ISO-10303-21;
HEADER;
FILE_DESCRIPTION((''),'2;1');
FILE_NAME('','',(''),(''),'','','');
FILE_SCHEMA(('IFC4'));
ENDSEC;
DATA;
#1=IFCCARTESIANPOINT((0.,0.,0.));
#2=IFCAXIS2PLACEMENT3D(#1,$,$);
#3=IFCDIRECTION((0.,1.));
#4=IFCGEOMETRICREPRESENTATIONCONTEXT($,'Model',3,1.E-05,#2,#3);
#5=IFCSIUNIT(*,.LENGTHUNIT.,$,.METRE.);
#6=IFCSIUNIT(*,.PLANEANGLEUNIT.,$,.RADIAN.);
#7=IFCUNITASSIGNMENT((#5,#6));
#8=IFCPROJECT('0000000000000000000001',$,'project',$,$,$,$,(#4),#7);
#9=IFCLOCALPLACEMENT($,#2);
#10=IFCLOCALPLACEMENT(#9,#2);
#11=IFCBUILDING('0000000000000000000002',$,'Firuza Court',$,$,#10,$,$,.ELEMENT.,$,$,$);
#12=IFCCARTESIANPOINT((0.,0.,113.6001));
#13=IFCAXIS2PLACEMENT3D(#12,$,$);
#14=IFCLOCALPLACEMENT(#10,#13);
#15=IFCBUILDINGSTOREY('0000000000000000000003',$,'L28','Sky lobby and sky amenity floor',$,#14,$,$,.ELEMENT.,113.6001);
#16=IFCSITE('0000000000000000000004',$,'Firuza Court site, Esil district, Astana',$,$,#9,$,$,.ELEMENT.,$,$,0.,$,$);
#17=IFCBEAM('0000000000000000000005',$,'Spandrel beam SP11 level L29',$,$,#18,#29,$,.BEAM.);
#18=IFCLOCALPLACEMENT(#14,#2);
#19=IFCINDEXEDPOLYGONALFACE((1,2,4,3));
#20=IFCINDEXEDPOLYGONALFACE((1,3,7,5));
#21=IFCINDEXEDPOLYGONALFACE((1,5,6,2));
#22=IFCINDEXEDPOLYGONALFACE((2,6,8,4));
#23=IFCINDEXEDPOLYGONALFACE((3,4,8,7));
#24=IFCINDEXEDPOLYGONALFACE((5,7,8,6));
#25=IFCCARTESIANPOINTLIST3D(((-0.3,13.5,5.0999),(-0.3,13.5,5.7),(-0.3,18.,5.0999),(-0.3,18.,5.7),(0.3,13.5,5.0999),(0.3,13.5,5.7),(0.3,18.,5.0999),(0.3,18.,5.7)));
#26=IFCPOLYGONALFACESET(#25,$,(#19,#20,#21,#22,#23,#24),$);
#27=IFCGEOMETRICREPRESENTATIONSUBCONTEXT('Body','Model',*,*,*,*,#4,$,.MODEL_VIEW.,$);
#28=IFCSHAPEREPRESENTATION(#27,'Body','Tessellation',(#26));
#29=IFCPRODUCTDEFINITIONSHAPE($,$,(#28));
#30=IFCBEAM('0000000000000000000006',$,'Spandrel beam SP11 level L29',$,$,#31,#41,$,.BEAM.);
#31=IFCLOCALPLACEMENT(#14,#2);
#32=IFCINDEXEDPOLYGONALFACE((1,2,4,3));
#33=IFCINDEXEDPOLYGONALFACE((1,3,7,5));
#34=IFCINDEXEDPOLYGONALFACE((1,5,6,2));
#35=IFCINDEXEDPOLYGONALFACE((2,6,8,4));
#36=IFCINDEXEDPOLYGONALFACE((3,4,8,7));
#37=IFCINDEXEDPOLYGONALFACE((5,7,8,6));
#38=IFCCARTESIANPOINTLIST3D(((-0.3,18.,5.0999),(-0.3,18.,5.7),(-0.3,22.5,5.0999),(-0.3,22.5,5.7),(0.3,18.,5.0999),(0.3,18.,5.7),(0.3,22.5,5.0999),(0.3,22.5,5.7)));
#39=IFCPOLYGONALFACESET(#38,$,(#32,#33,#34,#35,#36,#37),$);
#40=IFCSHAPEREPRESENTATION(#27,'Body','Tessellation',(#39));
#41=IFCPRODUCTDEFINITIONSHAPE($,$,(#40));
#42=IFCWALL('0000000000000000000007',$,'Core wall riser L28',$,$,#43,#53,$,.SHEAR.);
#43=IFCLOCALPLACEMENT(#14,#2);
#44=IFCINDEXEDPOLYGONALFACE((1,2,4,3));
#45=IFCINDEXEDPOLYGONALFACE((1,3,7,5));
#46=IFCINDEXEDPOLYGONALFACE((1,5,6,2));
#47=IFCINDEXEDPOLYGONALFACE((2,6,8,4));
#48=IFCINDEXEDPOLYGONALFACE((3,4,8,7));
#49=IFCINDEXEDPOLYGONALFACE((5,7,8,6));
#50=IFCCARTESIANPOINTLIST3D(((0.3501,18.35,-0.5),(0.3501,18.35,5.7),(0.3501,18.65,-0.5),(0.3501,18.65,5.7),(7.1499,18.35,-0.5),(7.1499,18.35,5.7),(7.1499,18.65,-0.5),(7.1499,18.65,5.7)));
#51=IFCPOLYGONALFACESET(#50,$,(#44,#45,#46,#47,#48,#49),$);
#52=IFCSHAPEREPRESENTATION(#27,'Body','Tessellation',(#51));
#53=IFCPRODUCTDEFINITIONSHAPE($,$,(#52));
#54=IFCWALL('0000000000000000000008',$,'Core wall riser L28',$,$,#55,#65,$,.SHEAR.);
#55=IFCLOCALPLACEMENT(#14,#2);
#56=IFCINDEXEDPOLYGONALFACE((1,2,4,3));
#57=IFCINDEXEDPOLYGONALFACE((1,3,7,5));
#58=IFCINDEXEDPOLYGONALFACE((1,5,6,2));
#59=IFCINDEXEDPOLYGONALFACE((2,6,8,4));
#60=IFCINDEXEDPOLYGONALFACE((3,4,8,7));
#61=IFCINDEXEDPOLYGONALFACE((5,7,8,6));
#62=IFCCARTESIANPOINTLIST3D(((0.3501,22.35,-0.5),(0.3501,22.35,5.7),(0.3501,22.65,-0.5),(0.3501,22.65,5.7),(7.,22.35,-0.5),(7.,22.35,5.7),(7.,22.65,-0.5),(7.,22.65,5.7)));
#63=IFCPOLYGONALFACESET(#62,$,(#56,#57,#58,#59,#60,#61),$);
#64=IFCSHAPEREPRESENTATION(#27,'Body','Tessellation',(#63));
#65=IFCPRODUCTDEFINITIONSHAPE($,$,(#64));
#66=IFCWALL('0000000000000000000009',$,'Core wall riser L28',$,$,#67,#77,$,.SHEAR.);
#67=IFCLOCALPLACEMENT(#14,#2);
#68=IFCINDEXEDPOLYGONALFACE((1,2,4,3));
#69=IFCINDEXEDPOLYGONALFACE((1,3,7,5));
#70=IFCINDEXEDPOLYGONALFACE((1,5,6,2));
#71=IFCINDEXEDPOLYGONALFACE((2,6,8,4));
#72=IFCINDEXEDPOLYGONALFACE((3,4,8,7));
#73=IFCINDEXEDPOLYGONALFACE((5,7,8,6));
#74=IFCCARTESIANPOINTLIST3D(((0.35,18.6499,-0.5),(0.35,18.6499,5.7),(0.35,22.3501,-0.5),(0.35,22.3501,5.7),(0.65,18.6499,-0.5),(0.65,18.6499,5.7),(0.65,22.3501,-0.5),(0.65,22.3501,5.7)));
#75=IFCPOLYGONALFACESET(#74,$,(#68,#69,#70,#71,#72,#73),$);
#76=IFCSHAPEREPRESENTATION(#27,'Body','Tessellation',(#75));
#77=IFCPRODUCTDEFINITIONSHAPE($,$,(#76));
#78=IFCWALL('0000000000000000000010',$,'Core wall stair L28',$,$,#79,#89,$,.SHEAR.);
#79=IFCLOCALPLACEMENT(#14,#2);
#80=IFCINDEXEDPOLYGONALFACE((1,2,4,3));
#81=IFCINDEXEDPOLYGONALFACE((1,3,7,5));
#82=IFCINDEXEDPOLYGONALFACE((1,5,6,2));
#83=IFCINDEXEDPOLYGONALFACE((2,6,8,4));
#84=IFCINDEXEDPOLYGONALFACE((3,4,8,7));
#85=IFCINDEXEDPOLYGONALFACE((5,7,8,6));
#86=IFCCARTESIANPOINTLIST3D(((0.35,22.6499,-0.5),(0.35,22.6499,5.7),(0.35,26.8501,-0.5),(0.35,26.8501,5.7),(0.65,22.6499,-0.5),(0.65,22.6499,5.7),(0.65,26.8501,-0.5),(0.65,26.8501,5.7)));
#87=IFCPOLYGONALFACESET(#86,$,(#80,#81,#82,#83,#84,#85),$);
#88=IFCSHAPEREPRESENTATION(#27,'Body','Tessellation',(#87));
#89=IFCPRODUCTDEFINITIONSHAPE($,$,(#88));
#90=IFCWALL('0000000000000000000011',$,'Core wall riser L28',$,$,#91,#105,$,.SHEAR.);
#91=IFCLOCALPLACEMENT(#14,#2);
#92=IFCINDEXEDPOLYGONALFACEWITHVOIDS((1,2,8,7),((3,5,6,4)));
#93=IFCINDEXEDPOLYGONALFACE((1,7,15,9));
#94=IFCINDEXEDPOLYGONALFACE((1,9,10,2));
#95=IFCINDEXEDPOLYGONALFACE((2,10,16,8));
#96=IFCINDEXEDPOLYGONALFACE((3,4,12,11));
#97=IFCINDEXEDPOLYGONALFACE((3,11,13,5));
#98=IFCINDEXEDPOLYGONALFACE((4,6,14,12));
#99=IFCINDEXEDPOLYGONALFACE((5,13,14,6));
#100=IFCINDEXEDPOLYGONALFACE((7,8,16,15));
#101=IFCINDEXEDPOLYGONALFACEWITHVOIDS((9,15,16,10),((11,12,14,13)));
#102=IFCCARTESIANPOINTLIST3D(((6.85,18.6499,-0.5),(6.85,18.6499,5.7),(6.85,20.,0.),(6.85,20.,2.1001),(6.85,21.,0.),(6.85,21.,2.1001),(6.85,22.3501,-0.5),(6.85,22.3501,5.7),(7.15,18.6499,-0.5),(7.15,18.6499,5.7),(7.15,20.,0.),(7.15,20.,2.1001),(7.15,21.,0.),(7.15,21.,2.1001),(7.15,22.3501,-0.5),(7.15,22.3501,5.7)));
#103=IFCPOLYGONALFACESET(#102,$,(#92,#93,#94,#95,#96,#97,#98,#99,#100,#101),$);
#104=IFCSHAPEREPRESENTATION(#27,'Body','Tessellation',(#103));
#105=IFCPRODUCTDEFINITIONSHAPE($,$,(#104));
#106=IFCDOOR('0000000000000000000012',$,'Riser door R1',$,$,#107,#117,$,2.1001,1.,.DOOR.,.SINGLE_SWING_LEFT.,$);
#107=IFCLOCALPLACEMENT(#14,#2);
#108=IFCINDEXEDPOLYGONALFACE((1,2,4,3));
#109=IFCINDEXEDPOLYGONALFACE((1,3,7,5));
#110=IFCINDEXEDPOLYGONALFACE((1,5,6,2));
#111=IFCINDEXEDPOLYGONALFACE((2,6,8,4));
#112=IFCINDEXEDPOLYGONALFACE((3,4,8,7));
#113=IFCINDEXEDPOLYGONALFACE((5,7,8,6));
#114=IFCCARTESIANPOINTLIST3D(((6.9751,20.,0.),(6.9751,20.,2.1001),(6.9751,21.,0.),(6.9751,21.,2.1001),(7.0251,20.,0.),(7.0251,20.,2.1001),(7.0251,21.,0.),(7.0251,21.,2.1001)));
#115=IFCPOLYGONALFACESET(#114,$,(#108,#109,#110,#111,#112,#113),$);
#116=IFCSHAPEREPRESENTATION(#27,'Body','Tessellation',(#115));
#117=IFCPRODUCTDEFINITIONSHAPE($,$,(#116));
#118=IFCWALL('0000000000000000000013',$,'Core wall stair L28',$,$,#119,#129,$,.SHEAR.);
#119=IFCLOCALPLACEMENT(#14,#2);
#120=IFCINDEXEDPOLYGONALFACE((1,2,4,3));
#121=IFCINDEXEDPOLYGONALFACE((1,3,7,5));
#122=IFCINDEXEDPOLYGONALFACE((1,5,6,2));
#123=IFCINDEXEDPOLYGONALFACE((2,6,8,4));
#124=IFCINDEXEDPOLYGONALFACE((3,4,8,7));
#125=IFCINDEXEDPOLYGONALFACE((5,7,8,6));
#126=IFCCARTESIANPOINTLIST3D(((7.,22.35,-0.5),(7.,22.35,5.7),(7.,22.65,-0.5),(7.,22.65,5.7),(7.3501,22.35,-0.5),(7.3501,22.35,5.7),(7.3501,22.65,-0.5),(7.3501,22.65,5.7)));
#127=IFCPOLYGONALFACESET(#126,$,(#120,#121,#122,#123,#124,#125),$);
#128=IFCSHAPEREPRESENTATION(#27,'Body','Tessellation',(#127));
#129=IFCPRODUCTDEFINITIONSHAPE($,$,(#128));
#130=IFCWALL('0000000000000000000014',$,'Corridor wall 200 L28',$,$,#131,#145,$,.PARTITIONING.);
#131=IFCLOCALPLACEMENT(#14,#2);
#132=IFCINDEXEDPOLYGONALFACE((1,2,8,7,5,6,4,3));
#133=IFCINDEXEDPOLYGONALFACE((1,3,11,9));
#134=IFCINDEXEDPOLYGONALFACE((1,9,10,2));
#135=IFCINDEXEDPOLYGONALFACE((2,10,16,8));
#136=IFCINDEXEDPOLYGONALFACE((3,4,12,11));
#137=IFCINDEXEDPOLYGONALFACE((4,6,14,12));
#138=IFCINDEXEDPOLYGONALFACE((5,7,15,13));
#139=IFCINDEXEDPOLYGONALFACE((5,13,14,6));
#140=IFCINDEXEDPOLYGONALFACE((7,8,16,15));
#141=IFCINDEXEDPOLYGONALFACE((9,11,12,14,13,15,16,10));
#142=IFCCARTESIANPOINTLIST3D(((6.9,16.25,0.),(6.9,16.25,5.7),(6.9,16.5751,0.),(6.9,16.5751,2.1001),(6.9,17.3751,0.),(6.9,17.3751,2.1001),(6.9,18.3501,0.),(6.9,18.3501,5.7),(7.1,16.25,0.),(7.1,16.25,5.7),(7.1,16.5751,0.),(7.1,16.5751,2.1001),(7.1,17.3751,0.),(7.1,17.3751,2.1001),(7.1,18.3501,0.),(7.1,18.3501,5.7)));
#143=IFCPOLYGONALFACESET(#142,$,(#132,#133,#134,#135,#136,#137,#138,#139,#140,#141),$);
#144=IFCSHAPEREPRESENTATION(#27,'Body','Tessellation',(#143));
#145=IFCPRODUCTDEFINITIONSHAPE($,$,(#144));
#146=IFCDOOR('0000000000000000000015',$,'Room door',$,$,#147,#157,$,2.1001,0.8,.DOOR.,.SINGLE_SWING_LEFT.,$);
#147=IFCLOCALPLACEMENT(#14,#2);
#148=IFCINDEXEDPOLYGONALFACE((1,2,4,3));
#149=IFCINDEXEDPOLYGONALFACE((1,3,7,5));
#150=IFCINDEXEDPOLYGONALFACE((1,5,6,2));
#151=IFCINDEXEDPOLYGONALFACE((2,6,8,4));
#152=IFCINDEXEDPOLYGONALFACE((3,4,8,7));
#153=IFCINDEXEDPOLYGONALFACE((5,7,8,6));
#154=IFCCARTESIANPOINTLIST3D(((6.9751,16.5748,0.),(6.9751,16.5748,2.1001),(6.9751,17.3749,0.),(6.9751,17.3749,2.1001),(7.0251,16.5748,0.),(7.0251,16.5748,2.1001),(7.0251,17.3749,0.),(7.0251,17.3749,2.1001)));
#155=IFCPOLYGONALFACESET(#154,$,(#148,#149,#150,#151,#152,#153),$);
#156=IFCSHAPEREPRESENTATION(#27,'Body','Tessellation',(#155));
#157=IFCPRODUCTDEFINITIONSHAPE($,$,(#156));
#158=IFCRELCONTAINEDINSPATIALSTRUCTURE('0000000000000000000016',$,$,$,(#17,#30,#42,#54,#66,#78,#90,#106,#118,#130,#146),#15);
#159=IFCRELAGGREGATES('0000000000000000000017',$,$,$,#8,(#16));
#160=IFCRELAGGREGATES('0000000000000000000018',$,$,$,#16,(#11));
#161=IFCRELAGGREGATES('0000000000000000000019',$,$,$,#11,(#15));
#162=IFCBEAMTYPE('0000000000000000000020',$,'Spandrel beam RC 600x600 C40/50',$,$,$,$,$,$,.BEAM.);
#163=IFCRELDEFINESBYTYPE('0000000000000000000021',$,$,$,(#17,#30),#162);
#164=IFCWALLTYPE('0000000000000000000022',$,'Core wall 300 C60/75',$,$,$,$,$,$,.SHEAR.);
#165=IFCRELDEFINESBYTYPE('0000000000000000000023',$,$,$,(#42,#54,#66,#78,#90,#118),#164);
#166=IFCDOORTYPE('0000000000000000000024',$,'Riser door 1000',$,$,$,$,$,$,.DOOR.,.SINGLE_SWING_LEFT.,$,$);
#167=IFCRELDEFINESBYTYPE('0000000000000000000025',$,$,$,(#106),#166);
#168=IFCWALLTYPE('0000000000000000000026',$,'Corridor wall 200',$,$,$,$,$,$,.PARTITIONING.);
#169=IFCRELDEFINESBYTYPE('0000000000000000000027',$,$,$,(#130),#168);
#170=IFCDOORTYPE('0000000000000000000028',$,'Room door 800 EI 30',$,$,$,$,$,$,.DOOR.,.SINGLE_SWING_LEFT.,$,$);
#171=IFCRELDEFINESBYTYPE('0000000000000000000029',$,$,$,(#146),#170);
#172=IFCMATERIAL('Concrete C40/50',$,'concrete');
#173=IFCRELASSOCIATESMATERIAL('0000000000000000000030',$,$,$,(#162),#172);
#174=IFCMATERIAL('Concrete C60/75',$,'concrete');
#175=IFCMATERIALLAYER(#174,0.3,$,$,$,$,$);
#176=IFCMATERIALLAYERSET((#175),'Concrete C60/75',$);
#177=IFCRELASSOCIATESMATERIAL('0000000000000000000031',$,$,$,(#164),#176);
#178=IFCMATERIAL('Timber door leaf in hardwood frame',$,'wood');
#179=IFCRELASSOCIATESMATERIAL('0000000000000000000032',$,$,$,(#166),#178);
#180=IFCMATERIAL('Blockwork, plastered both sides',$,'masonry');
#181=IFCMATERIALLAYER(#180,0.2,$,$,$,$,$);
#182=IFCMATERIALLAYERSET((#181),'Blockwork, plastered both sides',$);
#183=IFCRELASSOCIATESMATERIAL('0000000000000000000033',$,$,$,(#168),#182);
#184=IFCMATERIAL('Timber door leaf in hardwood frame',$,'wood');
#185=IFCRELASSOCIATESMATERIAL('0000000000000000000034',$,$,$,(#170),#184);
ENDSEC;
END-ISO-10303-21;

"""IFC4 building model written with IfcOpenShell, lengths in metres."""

from ifc_helpers import new_model, si_unit, direction, frame, frame_2d, origin, origin_2d, place, context, subcontext, project, spatial, rectangle, extrude, material, layer, layer_set, material_profile, profile_set, type_object, element, fill, save


model = new_model("IFC4")

# Units and contexts
model_context = context("Model", 3, precision=1e-05, world=origin(), true_north=direction((0.0, 1.0)))
body_context = subcontext(model_context, "Body", "Model", "MODEL_VIEW")
ifc_project = project(units=[si_unit("LENGTHUNIT", "METRE"), si_unit("PLANEANGLEUNIT", "RADIAN")], contexts=[model_context])

# Site, building, storey
site_placement = place(None, origin())
site = spatial("IfcSite", under=ifc_project, at=site_placement, Name="Firuza Court site, Esil district, Astana", CompositionType="ELEMENT", RefElevation=0.0)
building_placement = place(site_placement, origin())
building = spatial("IfcBuilding", under=site, at=building_placement, Name="Firuza Court", CompositionType="ELEMENT")
storey_placement = place(building_placement, frame((0.0, 0.0, 113.6001)))
storey = spatial("IfcBuildingStorey", under=building, at=storey_placement, Name="L28", Description="Sky lobby and sky amenity floor", CompositionType="ELEMENT", Elevation=113.6001)

# Beams
ifc_material_1 = material(Name="Concrete C40/50", Category="concrete")
ifc_material_profile_1 = material_profile(ifc_material_1, rectangle(XDim=0.6001, YDim=0.6001, at=origin_2d()), Name="RC 600x600")
ifc_profile_set_1 = profile_set([ifc_material_profile_1], Name="Concrete C40/50")
beam_type_1 = type_object("IfcBeamType", Name="Spandrel beam RC 600x600 C40/50", PredefinedType="BEAM", material=ifc_profile_set_1)
for number, where, z_axis, x_axis, name in (
    (1, (0.0, 18.0, 5.3999), (0.0, -1.0, 0.0), (1.0, 0.0, 0.0), "Spandrel beam SP11 level L29"),
    (2, (0.0, 22.5, 5.3999), (0.0, -1.0, 0.0), (1.0, 0.0, 0.0), "Spandrel beam SP11 level L29"),
):
    element("IfcBeam", number, at=place(storey_placement, frame(where, z_axis=z_axis, x_axis=x_axis)), inside=storey, type_object=beam_type_1, Name=name, PredefinedType="BEAM", context=body_context, shape_type="SweptSolid", body=[
        extrude(rectangle(XDim=0.6001, YDim=0.6001, at=origin_2d()), origin(), (0.0, 0.0, 1.0), 4.5),
    ])

# Walls
ifc_material_2 = material(Name="Concrete C60/75", Category="concrete")
ifc_layer_1 = layer(ifc_material_2, 0.3)
ifc_layer_set_1 = layer_set([ifc_layer_1], Name="Concrete C60/75")
wall_type_1 = type_object("IfcWallType", Name="Core wall 300 C60/75", PredefinedType="SHEAR", material=ifc_layer_set_1)
wall_1_placement = place(storey_placement, frame((0.3501, 18.5, -0.5), z_axis=(0.0, 0.0, 1.0), x_axis=(1.0, 0.0, 0.0)))
element("IfcWall", 3, at=wall_1_placement, inside=storey, type_object=wall_type_1, Name="Core wall riser L28", PredefinedType="SHEAR", context=body_context, shape_type="SweptSolid", body=[
    extrude(rectangle(XDim=6.7998, YDim=0.3, at=frame_2d((3.3999, 0.0))), origin(), (0.0, 0.0, 1.0), 6.2),
])
wall_2_placement = place(storey_placement, frame((0.3501, 22.5, -0.5), z_axis=(0.0, 0.0, 1.0), x_axis=(1.0, 0.0, 0.0)))
element("IfcWall", 4, at=wall_2_placement, inside=storey, type_object=wall_type_1, Name="Core wall riser L28", PredefinedType="SHEAR", context=body_context, shape_type="SweptSolid", body=[
    extrude(rectangle(XDim=6.6499, YDim=0.3, at=frame_2d((3.325, 0.0))), origin(), (0.0, 0.0, 1.0), 6.2),
])
wall_3_placement = place(storey_placement, frame((0.5, 18.6499, -0.5), z_axis=(0.0, 0.0, 1.0), x_axis=(0.0, 1.0, 0.0)))
element("IfcWall", 5, at=wall_3_placement, inside=storey, type_object=wall_type_1, Name="Core wall riser L28", PredefinedType="SHEAR", context=body_context, shape_type="SweptSolid", body=[
    extrude(rectangle(XDim=3.7002, YDim=0.3, at=frame_2d((1.8501, 0.0))), origin(), (0.0, 0.0, 1.0), 6.2),
])
wall_4_placement = place(storey_placement, frame((0.5, 22.6499, -0.5), z_axis=(0.0, 0.0, 1.0), x_axis=(0.0, 1.0, 0.0)))
element("IfcWall", 6, at=wall_4_placement, inside=storey, type_object=wall_type_1, Name="Core wall stair L28", PredefinedType="SHEAR", context=body_context, shape_type="SweptSolid", body=[
    extrude(rectangle(XDim=4.2002, YDim=0.3, at=frame_2d((2.1001, 0.0))), origin(), (0.0, 0.0, 1.0), 6.2),
])

# Wall, opening, door
wall_5_placement = place(storey_placement, frame((7.0, 18.6499, -0.5), z_axis=(0.0, 0.0, 1.0), x_axis=(0.0, 1.0, 0.0)))
wall_5 = element("IfcWall", 7, at=wall_5_placement, inside=storey, type_object=wall_type_1, Name="Core wall riser L28", PredefinedType="SHEAR", context=body_context, shape_type="SweptSolid", body=[
    extrude(rectangle(XDim=3.7002, YDim=0.3, at=frame_2d((1.8501, 0.0))), origin(), (0.0, 0.0, 1.0), 6.2),
])
opening_1_placement = place(wall_5_placement, frame((1.3501, 0.0, 0.5)))
opening_1 = element("IfcOpeningElement", 8, at=opening_1_placement, cuts=wall_5, PredefinedType="OPENING", context=body_context, shape_type="SweptSolid", body=[
    extrude(rectangle(XDim=1.0, YDim=2.1001, at=frame_2d((0.5, 1.05))), frame((0.0, 0.1621, 0.0), z_axis=(0.0, -1.0, 0.0), x_axis=(1.0, 0.0, 0.0)), (0.0, 0.0, 1.0), 0.324),
])
ifc_material_3 = material(Name="Timber door leaf in hardwood frame", Category="wood")
door_type_1 = type_object("IfcDoorType", Name="Riser door 1000", OperationType="SINGLE_SWING_LEFT", PredefinedType="DOOR", material=ifc_material_3)
door_1_placement = place(opening_1_placement, origin())
door_1 = element("IfcDoor", 9, at=door_1_placement, inside=storey, type_object=door_type_1, Name="Riser door R1", OperationType="SINGLE_SWING_LEFT", OverallHeight=2.1001, OverallWidth=1.0, PredefinedType="DOOR", context=body_context, shape_type="SweptSolid", body=[
    extrude(rectangle(XDim=1.0, YDim=2.1001, at=frame_2d((0.5, 1.05))), frame((0.0, 0.0249, 0.0), z_axis=(0.0, -1.0, 0.0), x_axis=(1.0, 0.0, 0.0)), (0.0, 0.0, 1.0), 0.05),
])
fill(opening_1, door_1)

# Wall
wall_6_placement = place(storey_placement, frame((7.0, 22.5, -0.5), z_axis=(0.0, 0.0, 1.0), x_axis=(1.0, 0.0, 0.0)))
element("IfcWall", 10, at=wall_6_placement, inside=storey, type_object=wall_type_1, Name="Core wall stair L28", PredefinedType="SHEAR", context=body_context, shape_type="SweptSolid", body=[
    extrude(rectangle(XDim=0.3501, YDim=0.3, at=frame_2d((0.175, 0.0))), origin(), (0.0, 0.0, 1.0), 6.2),
])

# Wall, opening, door
ifc_material_4 = material(Name="Blockwork, plastered both sides", Category="masonry")
ifc_layer_2 = layer(ifc_material_4, 0.2)
ifc_layer_set_2 = layer_set([ifc_layer_2], Name="Blockwork, plastered both sides")
wall_type_2 = type_object("IfcWallType", Name="Corridor wall 200", PredefinedType="PARTITIONING", material=ifc_layer_set_2)
wall_7_placement = place(storey_placement, frame((7.0, 18.3501, 0.0), z_axis=(0.0, 0.0, 1.0), x_axis=(0.0, -1.0, 0.0)))
wall_7 = element("IfcWall", 11, at=wall_7_placement, inside=storey, type_object=wall_type_2, Name="Corridor wall 200 L28", PredefinedType="PARTITIONING", context=body_context, shape_type="SweptSolid", body=[
    extrude(rectangle(XDim=2.1001, YDim=0.2, at=frame_2d((1.05, 0.0))), origin(), (0.0, 0.0, 1.0), 5.7),
])
opening_2_placement = place(wall_7_placement, frame((0.9751, 0.0, 0.0)))
opening_2 = element("IfcOpeningElement", 12, at=opening_2_placement, cuts=wall_7, PredefinedType="OPENING", context=body_context, shape_type="SweptSolid", body=[
    extrude(rectangle(XDim=0.8, YDim=2.1001, at=frame_2d((0.3999, 1.05))), frame((0.0, 0.1118, 0.0), z_axis=(0.0, -1.0, 0.0), x_axis=(1.0, 0.0, 0.0)), (0.0, 0.0, 1.0), 0.2239),
])
ifc_material_5 = material(Name="Timber door leaf in hardwood frame", Category="wood")
door_type_2 = type_object("IfcDoorType", Name="Room door 800 EI 30", OperationType="SINGLE_SWING_LEFT", PredefinedType="DOOR", material=ifc_material_5)
door_2_placement = place(opening_2_placement, frame((0.8, 0.0, 0.0), z_axis=(0.0, 0.0, 1.0), x_axis=(-1.0, 0.0, 0.0)))
door_2 = element("IfcDoor", 13, at=door_2_placement, inside=storey, type_object=door_type_2, Name="Room door", OperationType="SINGLE_SWING_LEFT", OverallHeight=2.1001, OverallWidth=0.8, PredefinedType="DOOR", context=body_context, shape_type="SweptSolid", body=[
    extrude(rectangle(XDim=0.8, YDim=2.1001, at=frame_2d((0.3999, 1.05))), frame((0.0, 0.0249, 0.0), z_axis=(0.0, -1.0, 0.0), x_axis=(1.0, 0.0, 0.0)), (0.0, 0.0, 1.0), 0.05),
])
fill(opening_2, door_2)

save(model, "model.ifc")
